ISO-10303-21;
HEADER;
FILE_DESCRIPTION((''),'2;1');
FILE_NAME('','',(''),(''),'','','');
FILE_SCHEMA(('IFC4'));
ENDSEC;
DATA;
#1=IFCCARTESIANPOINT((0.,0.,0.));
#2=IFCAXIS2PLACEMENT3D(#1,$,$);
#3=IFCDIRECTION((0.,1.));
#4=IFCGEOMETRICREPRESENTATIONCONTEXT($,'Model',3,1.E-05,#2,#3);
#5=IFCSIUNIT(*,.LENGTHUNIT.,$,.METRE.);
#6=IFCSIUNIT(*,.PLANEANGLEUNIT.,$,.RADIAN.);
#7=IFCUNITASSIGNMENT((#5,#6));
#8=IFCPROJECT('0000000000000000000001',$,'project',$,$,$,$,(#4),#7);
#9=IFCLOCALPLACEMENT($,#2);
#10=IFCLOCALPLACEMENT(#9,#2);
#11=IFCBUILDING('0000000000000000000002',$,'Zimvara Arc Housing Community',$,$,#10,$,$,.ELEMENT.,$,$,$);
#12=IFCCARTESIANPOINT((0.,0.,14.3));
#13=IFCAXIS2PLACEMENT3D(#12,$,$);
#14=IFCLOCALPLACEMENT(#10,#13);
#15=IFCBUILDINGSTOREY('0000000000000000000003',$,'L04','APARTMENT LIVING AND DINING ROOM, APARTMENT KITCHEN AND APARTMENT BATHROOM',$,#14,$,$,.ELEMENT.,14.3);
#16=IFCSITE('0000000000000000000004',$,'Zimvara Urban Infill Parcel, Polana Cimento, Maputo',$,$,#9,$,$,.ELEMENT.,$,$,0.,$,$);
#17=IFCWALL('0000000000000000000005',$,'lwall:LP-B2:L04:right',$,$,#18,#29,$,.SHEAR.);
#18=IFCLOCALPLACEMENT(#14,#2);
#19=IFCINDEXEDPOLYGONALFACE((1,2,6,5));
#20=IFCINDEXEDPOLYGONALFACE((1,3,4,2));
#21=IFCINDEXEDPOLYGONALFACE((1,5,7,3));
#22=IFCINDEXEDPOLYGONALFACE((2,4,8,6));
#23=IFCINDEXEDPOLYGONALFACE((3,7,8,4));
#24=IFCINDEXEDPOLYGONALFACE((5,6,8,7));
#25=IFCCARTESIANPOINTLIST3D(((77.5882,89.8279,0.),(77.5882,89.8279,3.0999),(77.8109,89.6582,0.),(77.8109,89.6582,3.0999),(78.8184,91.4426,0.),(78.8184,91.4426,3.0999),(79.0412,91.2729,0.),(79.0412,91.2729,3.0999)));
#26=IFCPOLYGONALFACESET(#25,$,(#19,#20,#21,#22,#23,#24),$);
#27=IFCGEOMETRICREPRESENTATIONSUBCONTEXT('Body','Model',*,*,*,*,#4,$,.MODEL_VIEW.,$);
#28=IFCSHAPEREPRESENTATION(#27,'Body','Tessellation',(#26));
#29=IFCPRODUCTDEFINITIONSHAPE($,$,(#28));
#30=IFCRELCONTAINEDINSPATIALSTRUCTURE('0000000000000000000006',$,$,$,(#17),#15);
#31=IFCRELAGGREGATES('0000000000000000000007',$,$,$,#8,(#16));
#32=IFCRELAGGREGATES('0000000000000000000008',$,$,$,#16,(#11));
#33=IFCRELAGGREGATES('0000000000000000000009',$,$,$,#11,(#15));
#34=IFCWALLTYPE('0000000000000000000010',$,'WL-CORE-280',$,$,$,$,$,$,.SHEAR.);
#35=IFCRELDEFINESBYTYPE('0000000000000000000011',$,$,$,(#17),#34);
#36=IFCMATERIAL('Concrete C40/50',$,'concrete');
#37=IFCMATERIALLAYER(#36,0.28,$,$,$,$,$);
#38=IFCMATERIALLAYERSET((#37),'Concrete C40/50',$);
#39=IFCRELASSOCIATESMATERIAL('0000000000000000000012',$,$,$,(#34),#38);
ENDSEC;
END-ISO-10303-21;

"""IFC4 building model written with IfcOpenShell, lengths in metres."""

from ifc_helpers import new_model, si_unit, direction, frame, frame_2d, origin, place, context, subcontext, project, spatial, rectangle, extrude, material, layer, layer_set, type_object, element, save


model = new_model("IFC4")

# Units and contexts
model_context = context("Model", 3, precision=1e-05, world=origin(), true_north=direction((0.0, 1.0)))
body_context = subcontext(model_context, "Body", "Model", "MODEL_VIEW")
ifc_project = project(units=[si_unit("LENGTHUNIT", "METRE"), si_unit("PLANEANGLEUNIT", "RADIAN")], contexts=[model_context])

# Site, building, storey
site_placement = place(None, origin())
site = spatial("IfcSite", under=ifc_project, at=site_placement, Name="Zimvara Urban Infill Parcel, Polana Cimento, Maputo", CompositionType="ELEMENT", RefElevation=0.0)
building_placement = place(site_placement, origin())
building = spatial("IfcBuilding", under=site, at=building_placement, Name="Zimvara Arc Housing Community", CompositionType="ELEMENT")
storey_placement = place(building_placement, frame((0.0, 0.0, 14.3)))
storey = spatial("IfcBuildingStorey", under=building, at=storey_placement, Name="L04", Description="APARTMENT LIVING AND DINING ROOM, APARTMENT KITCHEN AND APARTMENT BATHROOM", CompositionType="ELEMENT", Elevation=14.3)

# Wall
ifc_material_1 = material(Name="Concrete C40/50", Category="concrete")
ifc_layer_1 = layer(ifc_material_1, 0.28)
ifc_layer_set_1 = layer_set([ifc_layer_1], Name="Concrete C40/50")
wall_type_1 = type_object("IfcWallType", Name="WL-CORE-280", PredefinedType="SHEAR", material=ifc_layer_set_1)
wall_1_placement = place(storey_placement, frame((77.6995, 89.7429, 0.0), z_axis=(0.0, 0.0, 1.0), x_axis=(0.606025, 0.795446, 0.0)))
element("IfcWall", 1, at=wall_1_placement, inside=storey, type_object=wall_type_1, Name="lwall:LP-B2:L04:right", PredefinedType="SHEAR", context=body_context, shape_type="SweptSolid", body=[
    extrude(rectangle(XDim=2.03, YDim=0.28, at=frame_2d((1.0151, 0.0))), origin(), (0.0, 0.0, 1.0), 3.0999),
])

save(model, "model.ifc")
